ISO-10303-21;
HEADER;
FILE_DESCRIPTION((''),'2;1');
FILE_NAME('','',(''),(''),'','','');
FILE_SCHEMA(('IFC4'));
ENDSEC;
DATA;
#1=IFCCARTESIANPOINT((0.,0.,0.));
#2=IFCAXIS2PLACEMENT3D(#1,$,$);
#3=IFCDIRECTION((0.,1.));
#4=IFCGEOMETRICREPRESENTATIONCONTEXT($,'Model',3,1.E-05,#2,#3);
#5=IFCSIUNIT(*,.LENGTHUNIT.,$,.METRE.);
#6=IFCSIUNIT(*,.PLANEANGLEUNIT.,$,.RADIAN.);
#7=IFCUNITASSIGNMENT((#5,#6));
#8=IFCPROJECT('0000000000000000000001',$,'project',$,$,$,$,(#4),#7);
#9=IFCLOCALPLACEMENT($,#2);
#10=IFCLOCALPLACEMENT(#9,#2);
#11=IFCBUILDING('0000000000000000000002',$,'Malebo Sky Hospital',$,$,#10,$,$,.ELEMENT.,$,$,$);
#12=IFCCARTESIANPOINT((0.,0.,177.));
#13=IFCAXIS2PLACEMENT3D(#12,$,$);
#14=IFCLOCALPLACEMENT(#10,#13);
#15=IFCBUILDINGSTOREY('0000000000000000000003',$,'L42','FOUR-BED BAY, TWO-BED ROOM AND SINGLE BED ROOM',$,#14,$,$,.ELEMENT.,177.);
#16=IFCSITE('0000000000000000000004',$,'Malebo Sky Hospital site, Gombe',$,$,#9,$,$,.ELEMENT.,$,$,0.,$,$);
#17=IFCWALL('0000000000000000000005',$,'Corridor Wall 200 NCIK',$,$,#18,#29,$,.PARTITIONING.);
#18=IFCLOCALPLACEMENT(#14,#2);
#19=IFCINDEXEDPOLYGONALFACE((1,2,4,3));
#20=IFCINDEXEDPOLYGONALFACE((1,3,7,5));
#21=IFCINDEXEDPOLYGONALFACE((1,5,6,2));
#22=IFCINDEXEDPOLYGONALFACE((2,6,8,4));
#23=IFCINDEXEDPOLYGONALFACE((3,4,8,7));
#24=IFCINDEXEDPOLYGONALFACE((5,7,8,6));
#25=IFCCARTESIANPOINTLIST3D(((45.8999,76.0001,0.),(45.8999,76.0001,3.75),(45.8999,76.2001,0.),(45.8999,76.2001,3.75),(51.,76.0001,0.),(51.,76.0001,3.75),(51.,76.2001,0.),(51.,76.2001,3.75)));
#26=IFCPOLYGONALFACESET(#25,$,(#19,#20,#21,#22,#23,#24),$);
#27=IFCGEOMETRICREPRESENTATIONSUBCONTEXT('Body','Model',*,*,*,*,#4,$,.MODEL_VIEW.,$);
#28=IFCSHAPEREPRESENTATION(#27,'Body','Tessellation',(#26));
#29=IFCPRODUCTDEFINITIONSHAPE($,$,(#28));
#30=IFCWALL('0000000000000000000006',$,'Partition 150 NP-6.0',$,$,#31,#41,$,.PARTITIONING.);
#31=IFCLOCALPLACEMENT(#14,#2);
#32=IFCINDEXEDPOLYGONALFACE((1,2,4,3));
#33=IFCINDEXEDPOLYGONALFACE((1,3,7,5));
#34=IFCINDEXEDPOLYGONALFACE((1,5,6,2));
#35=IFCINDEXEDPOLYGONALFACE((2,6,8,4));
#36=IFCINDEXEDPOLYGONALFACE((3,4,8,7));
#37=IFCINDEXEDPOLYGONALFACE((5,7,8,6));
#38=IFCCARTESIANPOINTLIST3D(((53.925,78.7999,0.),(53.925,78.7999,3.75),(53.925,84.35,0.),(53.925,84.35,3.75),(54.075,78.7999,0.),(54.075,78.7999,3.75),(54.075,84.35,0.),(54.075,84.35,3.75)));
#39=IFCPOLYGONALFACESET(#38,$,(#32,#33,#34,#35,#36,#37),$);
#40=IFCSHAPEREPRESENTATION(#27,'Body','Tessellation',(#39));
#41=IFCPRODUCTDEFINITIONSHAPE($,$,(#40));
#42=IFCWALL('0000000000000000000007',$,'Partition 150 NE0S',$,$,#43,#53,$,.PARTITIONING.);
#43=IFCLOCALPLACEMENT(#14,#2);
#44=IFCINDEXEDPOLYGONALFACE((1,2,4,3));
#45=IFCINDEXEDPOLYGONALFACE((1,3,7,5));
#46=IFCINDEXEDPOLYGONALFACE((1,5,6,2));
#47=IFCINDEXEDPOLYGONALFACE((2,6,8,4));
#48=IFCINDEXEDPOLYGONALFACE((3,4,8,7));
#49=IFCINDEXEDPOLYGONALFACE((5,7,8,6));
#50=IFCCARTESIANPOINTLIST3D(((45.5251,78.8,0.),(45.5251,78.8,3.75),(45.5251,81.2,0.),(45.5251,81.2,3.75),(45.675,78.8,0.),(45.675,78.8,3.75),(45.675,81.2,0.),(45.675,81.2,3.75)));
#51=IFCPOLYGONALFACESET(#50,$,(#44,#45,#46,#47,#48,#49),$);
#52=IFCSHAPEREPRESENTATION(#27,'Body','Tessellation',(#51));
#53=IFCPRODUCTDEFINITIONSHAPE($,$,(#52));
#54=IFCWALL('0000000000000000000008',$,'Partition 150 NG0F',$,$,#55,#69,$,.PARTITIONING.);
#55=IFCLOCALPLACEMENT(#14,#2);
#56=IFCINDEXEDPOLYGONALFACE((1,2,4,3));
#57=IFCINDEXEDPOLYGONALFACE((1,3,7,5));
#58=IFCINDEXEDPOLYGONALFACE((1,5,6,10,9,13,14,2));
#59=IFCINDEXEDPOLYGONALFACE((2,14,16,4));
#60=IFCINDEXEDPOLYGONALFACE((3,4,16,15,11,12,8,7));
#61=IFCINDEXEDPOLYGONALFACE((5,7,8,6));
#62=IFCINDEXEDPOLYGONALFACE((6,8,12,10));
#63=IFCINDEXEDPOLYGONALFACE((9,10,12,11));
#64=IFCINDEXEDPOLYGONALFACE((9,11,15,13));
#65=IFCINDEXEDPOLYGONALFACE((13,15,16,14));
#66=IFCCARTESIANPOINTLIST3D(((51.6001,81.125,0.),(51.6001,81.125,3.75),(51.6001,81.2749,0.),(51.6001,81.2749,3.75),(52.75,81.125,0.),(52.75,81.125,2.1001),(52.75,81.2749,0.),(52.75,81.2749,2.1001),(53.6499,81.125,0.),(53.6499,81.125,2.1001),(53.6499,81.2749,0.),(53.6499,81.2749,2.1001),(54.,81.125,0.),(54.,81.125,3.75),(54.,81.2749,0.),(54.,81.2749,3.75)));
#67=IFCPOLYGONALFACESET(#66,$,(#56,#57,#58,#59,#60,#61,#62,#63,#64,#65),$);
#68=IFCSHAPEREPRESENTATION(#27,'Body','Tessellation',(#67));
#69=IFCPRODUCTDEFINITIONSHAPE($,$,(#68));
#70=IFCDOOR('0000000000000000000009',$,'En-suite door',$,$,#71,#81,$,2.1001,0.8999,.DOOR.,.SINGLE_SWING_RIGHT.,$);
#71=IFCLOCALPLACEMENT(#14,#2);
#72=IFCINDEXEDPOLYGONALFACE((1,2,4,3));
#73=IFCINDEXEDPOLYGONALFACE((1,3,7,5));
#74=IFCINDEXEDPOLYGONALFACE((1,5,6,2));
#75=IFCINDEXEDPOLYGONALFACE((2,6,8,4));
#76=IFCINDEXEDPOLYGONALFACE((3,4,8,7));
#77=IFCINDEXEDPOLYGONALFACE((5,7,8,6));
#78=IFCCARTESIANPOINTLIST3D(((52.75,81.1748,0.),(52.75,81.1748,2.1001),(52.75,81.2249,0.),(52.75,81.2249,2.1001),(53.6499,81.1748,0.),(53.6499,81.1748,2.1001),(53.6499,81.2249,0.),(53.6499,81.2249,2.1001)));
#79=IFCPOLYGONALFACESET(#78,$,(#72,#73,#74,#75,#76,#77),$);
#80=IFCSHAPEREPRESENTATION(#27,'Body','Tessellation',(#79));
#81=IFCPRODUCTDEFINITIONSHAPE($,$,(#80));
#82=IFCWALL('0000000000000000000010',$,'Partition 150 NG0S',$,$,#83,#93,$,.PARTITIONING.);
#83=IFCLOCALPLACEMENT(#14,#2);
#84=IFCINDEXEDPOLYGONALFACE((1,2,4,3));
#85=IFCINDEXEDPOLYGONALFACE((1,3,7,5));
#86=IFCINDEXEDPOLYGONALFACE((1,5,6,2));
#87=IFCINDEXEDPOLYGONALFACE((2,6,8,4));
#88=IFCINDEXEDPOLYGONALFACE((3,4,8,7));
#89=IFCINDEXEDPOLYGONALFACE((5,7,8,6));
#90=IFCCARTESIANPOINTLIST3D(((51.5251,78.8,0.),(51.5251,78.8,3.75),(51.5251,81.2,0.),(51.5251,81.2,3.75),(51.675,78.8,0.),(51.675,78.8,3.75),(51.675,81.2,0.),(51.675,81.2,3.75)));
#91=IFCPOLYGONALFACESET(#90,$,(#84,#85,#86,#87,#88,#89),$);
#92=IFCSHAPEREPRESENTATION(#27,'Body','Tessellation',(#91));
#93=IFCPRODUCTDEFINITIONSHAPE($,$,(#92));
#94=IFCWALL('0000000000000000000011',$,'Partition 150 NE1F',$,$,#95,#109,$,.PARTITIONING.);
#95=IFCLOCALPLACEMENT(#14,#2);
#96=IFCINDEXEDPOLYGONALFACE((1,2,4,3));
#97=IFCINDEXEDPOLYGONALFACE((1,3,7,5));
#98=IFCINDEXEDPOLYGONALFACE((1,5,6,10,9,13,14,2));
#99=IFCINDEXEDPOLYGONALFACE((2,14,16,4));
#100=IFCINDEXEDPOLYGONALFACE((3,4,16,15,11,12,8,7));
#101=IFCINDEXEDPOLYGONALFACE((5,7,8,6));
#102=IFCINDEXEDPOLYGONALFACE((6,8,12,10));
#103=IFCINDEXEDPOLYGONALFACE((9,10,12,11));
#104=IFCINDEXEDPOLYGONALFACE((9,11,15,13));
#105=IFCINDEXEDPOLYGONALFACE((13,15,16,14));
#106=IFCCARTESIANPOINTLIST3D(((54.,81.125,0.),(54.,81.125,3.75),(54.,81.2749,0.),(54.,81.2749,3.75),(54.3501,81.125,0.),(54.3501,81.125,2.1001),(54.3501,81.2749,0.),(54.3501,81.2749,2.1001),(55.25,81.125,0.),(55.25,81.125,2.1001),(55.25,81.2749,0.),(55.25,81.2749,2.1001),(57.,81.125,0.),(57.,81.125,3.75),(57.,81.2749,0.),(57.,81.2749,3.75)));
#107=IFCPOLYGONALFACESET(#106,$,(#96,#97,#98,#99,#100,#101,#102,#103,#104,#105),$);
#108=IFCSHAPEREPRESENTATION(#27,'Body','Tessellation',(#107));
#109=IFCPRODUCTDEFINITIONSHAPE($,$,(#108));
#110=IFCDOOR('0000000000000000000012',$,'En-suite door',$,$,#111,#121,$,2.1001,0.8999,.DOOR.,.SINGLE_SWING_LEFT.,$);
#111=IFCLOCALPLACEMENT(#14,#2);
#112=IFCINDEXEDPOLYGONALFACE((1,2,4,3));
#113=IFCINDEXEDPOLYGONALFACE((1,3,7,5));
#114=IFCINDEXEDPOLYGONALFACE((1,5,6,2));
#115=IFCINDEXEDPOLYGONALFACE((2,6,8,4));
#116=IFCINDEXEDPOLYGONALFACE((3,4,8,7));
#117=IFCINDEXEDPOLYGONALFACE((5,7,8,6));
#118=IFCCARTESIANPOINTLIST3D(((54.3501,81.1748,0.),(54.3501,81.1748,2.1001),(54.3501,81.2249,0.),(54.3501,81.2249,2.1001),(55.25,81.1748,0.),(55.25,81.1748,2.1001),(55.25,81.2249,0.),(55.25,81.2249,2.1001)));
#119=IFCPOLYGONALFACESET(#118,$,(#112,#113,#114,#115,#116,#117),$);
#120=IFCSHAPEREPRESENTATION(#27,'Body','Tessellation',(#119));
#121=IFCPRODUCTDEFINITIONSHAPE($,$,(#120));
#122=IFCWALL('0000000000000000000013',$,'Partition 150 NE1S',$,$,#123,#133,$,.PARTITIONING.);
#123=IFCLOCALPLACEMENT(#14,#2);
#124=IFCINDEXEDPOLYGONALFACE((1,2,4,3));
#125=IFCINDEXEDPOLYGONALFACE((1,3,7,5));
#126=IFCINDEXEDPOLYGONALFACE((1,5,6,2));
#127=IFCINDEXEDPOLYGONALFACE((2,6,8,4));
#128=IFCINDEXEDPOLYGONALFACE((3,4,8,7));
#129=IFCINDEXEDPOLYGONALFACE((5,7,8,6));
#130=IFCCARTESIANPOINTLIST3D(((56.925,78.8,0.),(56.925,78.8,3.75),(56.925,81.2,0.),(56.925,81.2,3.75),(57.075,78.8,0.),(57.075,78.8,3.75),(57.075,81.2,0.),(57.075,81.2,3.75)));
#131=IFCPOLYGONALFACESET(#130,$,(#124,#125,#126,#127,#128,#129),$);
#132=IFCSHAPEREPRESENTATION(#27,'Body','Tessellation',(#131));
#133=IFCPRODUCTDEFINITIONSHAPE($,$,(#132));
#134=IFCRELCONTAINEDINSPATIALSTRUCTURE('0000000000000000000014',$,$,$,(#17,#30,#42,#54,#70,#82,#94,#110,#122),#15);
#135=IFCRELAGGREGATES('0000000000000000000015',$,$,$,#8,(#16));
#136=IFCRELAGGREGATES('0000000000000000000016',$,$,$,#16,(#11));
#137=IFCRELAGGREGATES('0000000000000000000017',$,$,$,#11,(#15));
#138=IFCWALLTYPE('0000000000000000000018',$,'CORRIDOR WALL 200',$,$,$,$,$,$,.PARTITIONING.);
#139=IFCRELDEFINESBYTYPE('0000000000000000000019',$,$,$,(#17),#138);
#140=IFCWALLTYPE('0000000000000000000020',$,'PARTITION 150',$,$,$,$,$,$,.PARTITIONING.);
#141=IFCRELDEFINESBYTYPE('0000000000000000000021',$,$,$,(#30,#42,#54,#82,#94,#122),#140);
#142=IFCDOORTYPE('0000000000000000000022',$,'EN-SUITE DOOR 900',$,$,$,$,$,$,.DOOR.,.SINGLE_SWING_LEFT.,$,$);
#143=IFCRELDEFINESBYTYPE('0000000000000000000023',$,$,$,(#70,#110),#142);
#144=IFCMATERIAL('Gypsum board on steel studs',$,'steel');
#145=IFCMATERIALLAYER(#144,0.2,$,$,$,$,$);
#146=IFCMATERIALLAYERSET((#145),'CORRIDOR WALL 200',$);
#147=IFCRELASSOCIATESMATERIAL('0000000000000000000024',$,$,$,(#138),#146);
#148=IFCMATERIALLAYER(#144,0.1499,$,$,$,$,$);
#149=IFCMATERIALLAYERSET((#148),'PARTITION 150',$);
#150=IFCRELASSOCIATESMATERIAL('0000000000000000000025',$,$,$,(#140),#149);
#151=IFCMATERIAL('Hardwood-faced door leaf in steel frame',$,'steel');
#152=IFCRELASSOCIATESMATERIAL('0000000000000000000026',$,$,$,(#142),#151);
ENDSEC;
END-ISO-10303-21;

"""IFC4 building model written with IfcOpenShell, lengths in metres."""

from ifc_helpers import new_model, si_unit, direction, frame, frame_2d, origin, place, context, subcontext, project, spatial, rectangle, extrude, material, layer, layer_set, type_object, element, fill, save


model = new_model("IFC4")

# Units and contexts
model_context = context("Model", 3, precision=1e-05, world=origin(), true_north=direction((0.0, 1.0)))
body_context = subcontext(model_context, "Body", "Model", "MODEL_VIEW")
ifc_project = project(units=[si_unit("LENGTHUNIT", "METRE"), si_unit("PLANEANGLEUNIT", "RADIAN")], contexts=[model_context])

# Site, building, storey
site_placement = place(None, origin())
site = spatial("IfcSite", under=ifc_project, at=site_placement, Name="Malebo Sky Hospital site, Gombe", CompositionType="ELEMENT", RefElevation=0.0)
building_placement = place(site_placement, origin())
building = spatial("IfcBuilding", under=site, at=building_placement, Name="Malebo Sky Hospital", CompositionType="ELEMENT")
storey_placement = place(building_placement, frame((0.0, 0.0, 177.0)))
storey = spatial("IfcBuildingStorey", under=building, at=storey_placement, Name="L42", Description="FOUR-BED BAY, TWO-BED ROOM AND SINGLE BED ROOM", CompositionType="ELEMENT", Elevation=177.0)

# Walls
ifc_material_1 = material(Name="Gypsum board on steel studs", Category="steel")
ifc_layer_1 = layer(ifc_material_1, 0.2)
ifc_layer_set_1 = layer_set([ifc_layer_1], Name="CORRIDOR WALL 200")
wall_type_1 = type_object("IfcWallType", Name="CORRIDOR WALL 200", PredefinedType="PARTITIONING", material=ifc_layer_set_1)
wall_1_placement = place(storey_placement, frame((45.8999, 76.1001, 0.0), z_axis=(0.0, 0.0, 1.0), x_axis=(1.0, 0.0, 0.0)))
element("IfcWall", 1, at=wall_1_placement, inside=storey, type_object=wall_type_1, Name="Corridor Wall 200 NCIK", PredefinedType="PARTITIONING", context=body_context, shape_type="SweptSolid", body=[
    extrude(rectangle(XDim=5.1001, YDim=0.2, at=frame_2d((2.55, 0.0))), origin(), (0.0, 0.0, 1.0), 3.75),
])
ifc_layer_2 = layer(ifc_material_1, 0.1499)
ifc_layer_set_2 = layer_set([ifc_layer_2], Name="PARTITION 150")
wall_type_2 = type_object("IfcWallType", Name="PARTITION 150", PredefinedType="PARTITIONING", material=ifc_layer_set_2)
wall_2_placement = place(storey_placement, frame((54.0, 78.8, 0.0), z_axis=(0.0, 0.0, 1.0), x_axis=(0.0, 1.0, 0.0)))
element("IfcWall", 2, at=wall_2_placement, inside=storey, type_object=wall_type_2, Name="Partition 150 NP-6.0", PredefinedType="PARTITIONING", context=body_context, shape_type="SweptSolid", body=[
    extrude(rectangle(XDim=5.55, YDim=0.1499, at=frame_2d((2.7749, 0.0))), origin(), (0.0, 0.0, 1.0), 3.75),
])
wall_3_placement = place(storey_placement, frame((45.6001, 78.8, 0.0), z_axis=(0.0, 0.0, 1.0), x_axis=(0.0, 1.0, 0.0)))
element("IfcWall", 3, at=wall_3_placement, inside=storey, type_object=wall_type_2, Name="Partition 150 NE0S", PredefinedType="PARTITIONING", context=body_context, shape_type="SweptSolid", body=[
    extrude(rectangle(XDim=2.3999, YDim=0.1499, at=frame_2d((1.2, 0.0))), origin(), (0.0, 0.0, 1.0), 3.75),
])

# Wall, opening, door
wall_4_placement = place(storey_placement, frame((51.6001, 81.2, 0.0), z_axis=(0.0, 0.0, 1.0), x_axis=(1.0, 0.0, 0.0)))
wall_4 = element("IfcWall", 4, at=wall_4_placement, inside=storey, type_object=wall_type_2, Name="Partition 150 NG0F", PredefinedType="PARTITIONING", context=body_context, shape_type="SweptSolid", body=[
    extrude(rectangle(XDim=2.3999, YDim=0.1499, at=frame_2d((1.2, 0.0))), origin(), (0.0, 0.0, 1.0), 3.75),
])
opening_1_placement = place(wall_4_placement, frame((1.1499, 0.0, 0.0)))
opening_1 = element("IfcOpeningElement", 5, at=opening_1_placement, cuts=wall_4, PredefinedType="OPENING", context=body_context, shape_type="SweptSolid", body=[
    extrude(rectangle(XDim=0.8999, YDim=2.1001, at=frame_2d((0.45, 1.05))), frame((0.0, 0.085, 0.0), z_axis=(0.0, -1.0, 0.0), x_axis=(1.0, 0.0, 0.0)), (0.0, 0.0, 1.0), 0.1699),
])
ifc_material_2 = material(Name="Hardwood-faced door leaf in steel frame", Category="steel")
door_type = type_object("IfcDoorType", Name="EN-SUITE DOOR 900", OperationType="SINGLE_SWING_LEFT", PredefinedType="DOOR", material=ifc_material_2)
door_1_placement = place(opening_1_placement, origin())
door_1 = element("IfcDoor", 6, at=door_1_placement, inside=storey, type_object=door_type, Name="En-suite door", OperationType="SINGLE_SWING_RIGHT", OverallHeight=2.1001, OverallWidth=0.8999, PredefinedType="DOOR", context=body_context, shape_type="SweptSolid", body=[
    extrude(rectangle(XDim=0.8999, YDim=2.1001, at=frame_2d((0.45, 1.05))), frame((0.0, 0.0249, 0.0), z_axis=(0.0, -1.0, 0.0), x_axis=(1.0, 0.0, 0.0)), (0.0, 0.0, 1.0), 0.05),
])
fill(opening_1, door_1)

# Wall
wall_5_placement = place(storey_placement, frame((51.6001, 78.8, 0.0), z_axis=(0.0, 0.0, 1.0), x_axis=(0.0, 1.0, 0.0)))
element("IfcWall", 7, at=wall_5_placement, inside=storey, type_object=wall_type_2, Name="Partition 150 NG0S", PredefinedType="PARTITIONING", context=body_context, shape_type="SweptSolid", body=[
    extrude(rectangle(XDim=2.3999, YDim=0.1499, at=frame_2d((1.2, 0.0))), origin(), (0.0, 0.0, 1.0), 3.75),
])

# Wall, opening, door
wall_6_placement = place(storey_placement, frame((54.0, 81.2, 0.0), z_axis=(0.0, 0.0, 1.0), x_axis=(1.0, 0.0, 0.0)))
wall_6 = element("IfcWall", 8, at=wall_6_placement, inside=storey, type_object=wall_type_2, Name="Partition 150 NE1F", PredefinedType="PARTITIONING", context=body_context, shape_type="SweptSolid", body=[
    extrude(rectangle(XDim=3.0, YDim=0.1499, at=frame_2d((1.5, 0.0))), origin(), (0.0, 0.0, 1.0), 3.75),
])
opening_2_placement = place(wall_6_placement, frame((0.3501, 0.0, 0.0)))
opening_2 = element("IfcOpeningElement", 9, at=opening_2_placement, cuts=wall_6, PredefinedType="OPENING", context=body_context, shape_type="SweptSolid", body=[
    extrude(rectangle(XDim=0.8999, YDim=2.1001, at=frame_2d((0.45, 1.05))), frame((0.0, 0.085, 0.0), z_axis=(0.0, -1.0, 0.0), x_axis=(1.0, 0.0, 0.0)), (0.0, 0.0, 1.0), 0.1699),
])
door_2_placement = place(opening_2_placement, origin())
door_2 = element("IfcDoor", 10, at=door_2_placement, inside=storey, type_object=door_type, Name="En-suite door", OperationType="SINGLE_SWING_LEFT", OverallHeight=2.1001, OverallWidth=0.8999, PredefinedType="DOOR", context=body_context, shape_type="SweptSolid", body=[
    extrude(rectangle(XDim=0.8999, YDim=2.1001, at=frame_2d((0.45, 1.05))), frame((0.0, 0.0249, 0.0), z_axis=(0.0, -1.0, 0.0), x_axis=(1.0, 0.0, 0.0)), (0.0, 0.0, 1.0), 0.05),
])
fill(opening_2, door_2)

# Wall
wall_7_placement = place(storey_placement, frame((57.0, 78.8, 0.0), z_axis=(0.0, 0.0, 1.0), x_axis=(0.0, 1.0, 0.0)))
element("IfcWall", 11, at=wall_7_placement, inside=storey, type_object=wall_type_2, Name="Partition 150 NE1S", PredefinedType="PARTITIONING", context=body_context, shape_type="SweptSolid", body=[
    extrude(rectangle(XDim=2.3999, YDim=0.1499, at=frame_2d((1.2, 0.0))), origin(), (0.0, 0.0, 1.0), 3.75),
])

save(model, "model.ifc")
